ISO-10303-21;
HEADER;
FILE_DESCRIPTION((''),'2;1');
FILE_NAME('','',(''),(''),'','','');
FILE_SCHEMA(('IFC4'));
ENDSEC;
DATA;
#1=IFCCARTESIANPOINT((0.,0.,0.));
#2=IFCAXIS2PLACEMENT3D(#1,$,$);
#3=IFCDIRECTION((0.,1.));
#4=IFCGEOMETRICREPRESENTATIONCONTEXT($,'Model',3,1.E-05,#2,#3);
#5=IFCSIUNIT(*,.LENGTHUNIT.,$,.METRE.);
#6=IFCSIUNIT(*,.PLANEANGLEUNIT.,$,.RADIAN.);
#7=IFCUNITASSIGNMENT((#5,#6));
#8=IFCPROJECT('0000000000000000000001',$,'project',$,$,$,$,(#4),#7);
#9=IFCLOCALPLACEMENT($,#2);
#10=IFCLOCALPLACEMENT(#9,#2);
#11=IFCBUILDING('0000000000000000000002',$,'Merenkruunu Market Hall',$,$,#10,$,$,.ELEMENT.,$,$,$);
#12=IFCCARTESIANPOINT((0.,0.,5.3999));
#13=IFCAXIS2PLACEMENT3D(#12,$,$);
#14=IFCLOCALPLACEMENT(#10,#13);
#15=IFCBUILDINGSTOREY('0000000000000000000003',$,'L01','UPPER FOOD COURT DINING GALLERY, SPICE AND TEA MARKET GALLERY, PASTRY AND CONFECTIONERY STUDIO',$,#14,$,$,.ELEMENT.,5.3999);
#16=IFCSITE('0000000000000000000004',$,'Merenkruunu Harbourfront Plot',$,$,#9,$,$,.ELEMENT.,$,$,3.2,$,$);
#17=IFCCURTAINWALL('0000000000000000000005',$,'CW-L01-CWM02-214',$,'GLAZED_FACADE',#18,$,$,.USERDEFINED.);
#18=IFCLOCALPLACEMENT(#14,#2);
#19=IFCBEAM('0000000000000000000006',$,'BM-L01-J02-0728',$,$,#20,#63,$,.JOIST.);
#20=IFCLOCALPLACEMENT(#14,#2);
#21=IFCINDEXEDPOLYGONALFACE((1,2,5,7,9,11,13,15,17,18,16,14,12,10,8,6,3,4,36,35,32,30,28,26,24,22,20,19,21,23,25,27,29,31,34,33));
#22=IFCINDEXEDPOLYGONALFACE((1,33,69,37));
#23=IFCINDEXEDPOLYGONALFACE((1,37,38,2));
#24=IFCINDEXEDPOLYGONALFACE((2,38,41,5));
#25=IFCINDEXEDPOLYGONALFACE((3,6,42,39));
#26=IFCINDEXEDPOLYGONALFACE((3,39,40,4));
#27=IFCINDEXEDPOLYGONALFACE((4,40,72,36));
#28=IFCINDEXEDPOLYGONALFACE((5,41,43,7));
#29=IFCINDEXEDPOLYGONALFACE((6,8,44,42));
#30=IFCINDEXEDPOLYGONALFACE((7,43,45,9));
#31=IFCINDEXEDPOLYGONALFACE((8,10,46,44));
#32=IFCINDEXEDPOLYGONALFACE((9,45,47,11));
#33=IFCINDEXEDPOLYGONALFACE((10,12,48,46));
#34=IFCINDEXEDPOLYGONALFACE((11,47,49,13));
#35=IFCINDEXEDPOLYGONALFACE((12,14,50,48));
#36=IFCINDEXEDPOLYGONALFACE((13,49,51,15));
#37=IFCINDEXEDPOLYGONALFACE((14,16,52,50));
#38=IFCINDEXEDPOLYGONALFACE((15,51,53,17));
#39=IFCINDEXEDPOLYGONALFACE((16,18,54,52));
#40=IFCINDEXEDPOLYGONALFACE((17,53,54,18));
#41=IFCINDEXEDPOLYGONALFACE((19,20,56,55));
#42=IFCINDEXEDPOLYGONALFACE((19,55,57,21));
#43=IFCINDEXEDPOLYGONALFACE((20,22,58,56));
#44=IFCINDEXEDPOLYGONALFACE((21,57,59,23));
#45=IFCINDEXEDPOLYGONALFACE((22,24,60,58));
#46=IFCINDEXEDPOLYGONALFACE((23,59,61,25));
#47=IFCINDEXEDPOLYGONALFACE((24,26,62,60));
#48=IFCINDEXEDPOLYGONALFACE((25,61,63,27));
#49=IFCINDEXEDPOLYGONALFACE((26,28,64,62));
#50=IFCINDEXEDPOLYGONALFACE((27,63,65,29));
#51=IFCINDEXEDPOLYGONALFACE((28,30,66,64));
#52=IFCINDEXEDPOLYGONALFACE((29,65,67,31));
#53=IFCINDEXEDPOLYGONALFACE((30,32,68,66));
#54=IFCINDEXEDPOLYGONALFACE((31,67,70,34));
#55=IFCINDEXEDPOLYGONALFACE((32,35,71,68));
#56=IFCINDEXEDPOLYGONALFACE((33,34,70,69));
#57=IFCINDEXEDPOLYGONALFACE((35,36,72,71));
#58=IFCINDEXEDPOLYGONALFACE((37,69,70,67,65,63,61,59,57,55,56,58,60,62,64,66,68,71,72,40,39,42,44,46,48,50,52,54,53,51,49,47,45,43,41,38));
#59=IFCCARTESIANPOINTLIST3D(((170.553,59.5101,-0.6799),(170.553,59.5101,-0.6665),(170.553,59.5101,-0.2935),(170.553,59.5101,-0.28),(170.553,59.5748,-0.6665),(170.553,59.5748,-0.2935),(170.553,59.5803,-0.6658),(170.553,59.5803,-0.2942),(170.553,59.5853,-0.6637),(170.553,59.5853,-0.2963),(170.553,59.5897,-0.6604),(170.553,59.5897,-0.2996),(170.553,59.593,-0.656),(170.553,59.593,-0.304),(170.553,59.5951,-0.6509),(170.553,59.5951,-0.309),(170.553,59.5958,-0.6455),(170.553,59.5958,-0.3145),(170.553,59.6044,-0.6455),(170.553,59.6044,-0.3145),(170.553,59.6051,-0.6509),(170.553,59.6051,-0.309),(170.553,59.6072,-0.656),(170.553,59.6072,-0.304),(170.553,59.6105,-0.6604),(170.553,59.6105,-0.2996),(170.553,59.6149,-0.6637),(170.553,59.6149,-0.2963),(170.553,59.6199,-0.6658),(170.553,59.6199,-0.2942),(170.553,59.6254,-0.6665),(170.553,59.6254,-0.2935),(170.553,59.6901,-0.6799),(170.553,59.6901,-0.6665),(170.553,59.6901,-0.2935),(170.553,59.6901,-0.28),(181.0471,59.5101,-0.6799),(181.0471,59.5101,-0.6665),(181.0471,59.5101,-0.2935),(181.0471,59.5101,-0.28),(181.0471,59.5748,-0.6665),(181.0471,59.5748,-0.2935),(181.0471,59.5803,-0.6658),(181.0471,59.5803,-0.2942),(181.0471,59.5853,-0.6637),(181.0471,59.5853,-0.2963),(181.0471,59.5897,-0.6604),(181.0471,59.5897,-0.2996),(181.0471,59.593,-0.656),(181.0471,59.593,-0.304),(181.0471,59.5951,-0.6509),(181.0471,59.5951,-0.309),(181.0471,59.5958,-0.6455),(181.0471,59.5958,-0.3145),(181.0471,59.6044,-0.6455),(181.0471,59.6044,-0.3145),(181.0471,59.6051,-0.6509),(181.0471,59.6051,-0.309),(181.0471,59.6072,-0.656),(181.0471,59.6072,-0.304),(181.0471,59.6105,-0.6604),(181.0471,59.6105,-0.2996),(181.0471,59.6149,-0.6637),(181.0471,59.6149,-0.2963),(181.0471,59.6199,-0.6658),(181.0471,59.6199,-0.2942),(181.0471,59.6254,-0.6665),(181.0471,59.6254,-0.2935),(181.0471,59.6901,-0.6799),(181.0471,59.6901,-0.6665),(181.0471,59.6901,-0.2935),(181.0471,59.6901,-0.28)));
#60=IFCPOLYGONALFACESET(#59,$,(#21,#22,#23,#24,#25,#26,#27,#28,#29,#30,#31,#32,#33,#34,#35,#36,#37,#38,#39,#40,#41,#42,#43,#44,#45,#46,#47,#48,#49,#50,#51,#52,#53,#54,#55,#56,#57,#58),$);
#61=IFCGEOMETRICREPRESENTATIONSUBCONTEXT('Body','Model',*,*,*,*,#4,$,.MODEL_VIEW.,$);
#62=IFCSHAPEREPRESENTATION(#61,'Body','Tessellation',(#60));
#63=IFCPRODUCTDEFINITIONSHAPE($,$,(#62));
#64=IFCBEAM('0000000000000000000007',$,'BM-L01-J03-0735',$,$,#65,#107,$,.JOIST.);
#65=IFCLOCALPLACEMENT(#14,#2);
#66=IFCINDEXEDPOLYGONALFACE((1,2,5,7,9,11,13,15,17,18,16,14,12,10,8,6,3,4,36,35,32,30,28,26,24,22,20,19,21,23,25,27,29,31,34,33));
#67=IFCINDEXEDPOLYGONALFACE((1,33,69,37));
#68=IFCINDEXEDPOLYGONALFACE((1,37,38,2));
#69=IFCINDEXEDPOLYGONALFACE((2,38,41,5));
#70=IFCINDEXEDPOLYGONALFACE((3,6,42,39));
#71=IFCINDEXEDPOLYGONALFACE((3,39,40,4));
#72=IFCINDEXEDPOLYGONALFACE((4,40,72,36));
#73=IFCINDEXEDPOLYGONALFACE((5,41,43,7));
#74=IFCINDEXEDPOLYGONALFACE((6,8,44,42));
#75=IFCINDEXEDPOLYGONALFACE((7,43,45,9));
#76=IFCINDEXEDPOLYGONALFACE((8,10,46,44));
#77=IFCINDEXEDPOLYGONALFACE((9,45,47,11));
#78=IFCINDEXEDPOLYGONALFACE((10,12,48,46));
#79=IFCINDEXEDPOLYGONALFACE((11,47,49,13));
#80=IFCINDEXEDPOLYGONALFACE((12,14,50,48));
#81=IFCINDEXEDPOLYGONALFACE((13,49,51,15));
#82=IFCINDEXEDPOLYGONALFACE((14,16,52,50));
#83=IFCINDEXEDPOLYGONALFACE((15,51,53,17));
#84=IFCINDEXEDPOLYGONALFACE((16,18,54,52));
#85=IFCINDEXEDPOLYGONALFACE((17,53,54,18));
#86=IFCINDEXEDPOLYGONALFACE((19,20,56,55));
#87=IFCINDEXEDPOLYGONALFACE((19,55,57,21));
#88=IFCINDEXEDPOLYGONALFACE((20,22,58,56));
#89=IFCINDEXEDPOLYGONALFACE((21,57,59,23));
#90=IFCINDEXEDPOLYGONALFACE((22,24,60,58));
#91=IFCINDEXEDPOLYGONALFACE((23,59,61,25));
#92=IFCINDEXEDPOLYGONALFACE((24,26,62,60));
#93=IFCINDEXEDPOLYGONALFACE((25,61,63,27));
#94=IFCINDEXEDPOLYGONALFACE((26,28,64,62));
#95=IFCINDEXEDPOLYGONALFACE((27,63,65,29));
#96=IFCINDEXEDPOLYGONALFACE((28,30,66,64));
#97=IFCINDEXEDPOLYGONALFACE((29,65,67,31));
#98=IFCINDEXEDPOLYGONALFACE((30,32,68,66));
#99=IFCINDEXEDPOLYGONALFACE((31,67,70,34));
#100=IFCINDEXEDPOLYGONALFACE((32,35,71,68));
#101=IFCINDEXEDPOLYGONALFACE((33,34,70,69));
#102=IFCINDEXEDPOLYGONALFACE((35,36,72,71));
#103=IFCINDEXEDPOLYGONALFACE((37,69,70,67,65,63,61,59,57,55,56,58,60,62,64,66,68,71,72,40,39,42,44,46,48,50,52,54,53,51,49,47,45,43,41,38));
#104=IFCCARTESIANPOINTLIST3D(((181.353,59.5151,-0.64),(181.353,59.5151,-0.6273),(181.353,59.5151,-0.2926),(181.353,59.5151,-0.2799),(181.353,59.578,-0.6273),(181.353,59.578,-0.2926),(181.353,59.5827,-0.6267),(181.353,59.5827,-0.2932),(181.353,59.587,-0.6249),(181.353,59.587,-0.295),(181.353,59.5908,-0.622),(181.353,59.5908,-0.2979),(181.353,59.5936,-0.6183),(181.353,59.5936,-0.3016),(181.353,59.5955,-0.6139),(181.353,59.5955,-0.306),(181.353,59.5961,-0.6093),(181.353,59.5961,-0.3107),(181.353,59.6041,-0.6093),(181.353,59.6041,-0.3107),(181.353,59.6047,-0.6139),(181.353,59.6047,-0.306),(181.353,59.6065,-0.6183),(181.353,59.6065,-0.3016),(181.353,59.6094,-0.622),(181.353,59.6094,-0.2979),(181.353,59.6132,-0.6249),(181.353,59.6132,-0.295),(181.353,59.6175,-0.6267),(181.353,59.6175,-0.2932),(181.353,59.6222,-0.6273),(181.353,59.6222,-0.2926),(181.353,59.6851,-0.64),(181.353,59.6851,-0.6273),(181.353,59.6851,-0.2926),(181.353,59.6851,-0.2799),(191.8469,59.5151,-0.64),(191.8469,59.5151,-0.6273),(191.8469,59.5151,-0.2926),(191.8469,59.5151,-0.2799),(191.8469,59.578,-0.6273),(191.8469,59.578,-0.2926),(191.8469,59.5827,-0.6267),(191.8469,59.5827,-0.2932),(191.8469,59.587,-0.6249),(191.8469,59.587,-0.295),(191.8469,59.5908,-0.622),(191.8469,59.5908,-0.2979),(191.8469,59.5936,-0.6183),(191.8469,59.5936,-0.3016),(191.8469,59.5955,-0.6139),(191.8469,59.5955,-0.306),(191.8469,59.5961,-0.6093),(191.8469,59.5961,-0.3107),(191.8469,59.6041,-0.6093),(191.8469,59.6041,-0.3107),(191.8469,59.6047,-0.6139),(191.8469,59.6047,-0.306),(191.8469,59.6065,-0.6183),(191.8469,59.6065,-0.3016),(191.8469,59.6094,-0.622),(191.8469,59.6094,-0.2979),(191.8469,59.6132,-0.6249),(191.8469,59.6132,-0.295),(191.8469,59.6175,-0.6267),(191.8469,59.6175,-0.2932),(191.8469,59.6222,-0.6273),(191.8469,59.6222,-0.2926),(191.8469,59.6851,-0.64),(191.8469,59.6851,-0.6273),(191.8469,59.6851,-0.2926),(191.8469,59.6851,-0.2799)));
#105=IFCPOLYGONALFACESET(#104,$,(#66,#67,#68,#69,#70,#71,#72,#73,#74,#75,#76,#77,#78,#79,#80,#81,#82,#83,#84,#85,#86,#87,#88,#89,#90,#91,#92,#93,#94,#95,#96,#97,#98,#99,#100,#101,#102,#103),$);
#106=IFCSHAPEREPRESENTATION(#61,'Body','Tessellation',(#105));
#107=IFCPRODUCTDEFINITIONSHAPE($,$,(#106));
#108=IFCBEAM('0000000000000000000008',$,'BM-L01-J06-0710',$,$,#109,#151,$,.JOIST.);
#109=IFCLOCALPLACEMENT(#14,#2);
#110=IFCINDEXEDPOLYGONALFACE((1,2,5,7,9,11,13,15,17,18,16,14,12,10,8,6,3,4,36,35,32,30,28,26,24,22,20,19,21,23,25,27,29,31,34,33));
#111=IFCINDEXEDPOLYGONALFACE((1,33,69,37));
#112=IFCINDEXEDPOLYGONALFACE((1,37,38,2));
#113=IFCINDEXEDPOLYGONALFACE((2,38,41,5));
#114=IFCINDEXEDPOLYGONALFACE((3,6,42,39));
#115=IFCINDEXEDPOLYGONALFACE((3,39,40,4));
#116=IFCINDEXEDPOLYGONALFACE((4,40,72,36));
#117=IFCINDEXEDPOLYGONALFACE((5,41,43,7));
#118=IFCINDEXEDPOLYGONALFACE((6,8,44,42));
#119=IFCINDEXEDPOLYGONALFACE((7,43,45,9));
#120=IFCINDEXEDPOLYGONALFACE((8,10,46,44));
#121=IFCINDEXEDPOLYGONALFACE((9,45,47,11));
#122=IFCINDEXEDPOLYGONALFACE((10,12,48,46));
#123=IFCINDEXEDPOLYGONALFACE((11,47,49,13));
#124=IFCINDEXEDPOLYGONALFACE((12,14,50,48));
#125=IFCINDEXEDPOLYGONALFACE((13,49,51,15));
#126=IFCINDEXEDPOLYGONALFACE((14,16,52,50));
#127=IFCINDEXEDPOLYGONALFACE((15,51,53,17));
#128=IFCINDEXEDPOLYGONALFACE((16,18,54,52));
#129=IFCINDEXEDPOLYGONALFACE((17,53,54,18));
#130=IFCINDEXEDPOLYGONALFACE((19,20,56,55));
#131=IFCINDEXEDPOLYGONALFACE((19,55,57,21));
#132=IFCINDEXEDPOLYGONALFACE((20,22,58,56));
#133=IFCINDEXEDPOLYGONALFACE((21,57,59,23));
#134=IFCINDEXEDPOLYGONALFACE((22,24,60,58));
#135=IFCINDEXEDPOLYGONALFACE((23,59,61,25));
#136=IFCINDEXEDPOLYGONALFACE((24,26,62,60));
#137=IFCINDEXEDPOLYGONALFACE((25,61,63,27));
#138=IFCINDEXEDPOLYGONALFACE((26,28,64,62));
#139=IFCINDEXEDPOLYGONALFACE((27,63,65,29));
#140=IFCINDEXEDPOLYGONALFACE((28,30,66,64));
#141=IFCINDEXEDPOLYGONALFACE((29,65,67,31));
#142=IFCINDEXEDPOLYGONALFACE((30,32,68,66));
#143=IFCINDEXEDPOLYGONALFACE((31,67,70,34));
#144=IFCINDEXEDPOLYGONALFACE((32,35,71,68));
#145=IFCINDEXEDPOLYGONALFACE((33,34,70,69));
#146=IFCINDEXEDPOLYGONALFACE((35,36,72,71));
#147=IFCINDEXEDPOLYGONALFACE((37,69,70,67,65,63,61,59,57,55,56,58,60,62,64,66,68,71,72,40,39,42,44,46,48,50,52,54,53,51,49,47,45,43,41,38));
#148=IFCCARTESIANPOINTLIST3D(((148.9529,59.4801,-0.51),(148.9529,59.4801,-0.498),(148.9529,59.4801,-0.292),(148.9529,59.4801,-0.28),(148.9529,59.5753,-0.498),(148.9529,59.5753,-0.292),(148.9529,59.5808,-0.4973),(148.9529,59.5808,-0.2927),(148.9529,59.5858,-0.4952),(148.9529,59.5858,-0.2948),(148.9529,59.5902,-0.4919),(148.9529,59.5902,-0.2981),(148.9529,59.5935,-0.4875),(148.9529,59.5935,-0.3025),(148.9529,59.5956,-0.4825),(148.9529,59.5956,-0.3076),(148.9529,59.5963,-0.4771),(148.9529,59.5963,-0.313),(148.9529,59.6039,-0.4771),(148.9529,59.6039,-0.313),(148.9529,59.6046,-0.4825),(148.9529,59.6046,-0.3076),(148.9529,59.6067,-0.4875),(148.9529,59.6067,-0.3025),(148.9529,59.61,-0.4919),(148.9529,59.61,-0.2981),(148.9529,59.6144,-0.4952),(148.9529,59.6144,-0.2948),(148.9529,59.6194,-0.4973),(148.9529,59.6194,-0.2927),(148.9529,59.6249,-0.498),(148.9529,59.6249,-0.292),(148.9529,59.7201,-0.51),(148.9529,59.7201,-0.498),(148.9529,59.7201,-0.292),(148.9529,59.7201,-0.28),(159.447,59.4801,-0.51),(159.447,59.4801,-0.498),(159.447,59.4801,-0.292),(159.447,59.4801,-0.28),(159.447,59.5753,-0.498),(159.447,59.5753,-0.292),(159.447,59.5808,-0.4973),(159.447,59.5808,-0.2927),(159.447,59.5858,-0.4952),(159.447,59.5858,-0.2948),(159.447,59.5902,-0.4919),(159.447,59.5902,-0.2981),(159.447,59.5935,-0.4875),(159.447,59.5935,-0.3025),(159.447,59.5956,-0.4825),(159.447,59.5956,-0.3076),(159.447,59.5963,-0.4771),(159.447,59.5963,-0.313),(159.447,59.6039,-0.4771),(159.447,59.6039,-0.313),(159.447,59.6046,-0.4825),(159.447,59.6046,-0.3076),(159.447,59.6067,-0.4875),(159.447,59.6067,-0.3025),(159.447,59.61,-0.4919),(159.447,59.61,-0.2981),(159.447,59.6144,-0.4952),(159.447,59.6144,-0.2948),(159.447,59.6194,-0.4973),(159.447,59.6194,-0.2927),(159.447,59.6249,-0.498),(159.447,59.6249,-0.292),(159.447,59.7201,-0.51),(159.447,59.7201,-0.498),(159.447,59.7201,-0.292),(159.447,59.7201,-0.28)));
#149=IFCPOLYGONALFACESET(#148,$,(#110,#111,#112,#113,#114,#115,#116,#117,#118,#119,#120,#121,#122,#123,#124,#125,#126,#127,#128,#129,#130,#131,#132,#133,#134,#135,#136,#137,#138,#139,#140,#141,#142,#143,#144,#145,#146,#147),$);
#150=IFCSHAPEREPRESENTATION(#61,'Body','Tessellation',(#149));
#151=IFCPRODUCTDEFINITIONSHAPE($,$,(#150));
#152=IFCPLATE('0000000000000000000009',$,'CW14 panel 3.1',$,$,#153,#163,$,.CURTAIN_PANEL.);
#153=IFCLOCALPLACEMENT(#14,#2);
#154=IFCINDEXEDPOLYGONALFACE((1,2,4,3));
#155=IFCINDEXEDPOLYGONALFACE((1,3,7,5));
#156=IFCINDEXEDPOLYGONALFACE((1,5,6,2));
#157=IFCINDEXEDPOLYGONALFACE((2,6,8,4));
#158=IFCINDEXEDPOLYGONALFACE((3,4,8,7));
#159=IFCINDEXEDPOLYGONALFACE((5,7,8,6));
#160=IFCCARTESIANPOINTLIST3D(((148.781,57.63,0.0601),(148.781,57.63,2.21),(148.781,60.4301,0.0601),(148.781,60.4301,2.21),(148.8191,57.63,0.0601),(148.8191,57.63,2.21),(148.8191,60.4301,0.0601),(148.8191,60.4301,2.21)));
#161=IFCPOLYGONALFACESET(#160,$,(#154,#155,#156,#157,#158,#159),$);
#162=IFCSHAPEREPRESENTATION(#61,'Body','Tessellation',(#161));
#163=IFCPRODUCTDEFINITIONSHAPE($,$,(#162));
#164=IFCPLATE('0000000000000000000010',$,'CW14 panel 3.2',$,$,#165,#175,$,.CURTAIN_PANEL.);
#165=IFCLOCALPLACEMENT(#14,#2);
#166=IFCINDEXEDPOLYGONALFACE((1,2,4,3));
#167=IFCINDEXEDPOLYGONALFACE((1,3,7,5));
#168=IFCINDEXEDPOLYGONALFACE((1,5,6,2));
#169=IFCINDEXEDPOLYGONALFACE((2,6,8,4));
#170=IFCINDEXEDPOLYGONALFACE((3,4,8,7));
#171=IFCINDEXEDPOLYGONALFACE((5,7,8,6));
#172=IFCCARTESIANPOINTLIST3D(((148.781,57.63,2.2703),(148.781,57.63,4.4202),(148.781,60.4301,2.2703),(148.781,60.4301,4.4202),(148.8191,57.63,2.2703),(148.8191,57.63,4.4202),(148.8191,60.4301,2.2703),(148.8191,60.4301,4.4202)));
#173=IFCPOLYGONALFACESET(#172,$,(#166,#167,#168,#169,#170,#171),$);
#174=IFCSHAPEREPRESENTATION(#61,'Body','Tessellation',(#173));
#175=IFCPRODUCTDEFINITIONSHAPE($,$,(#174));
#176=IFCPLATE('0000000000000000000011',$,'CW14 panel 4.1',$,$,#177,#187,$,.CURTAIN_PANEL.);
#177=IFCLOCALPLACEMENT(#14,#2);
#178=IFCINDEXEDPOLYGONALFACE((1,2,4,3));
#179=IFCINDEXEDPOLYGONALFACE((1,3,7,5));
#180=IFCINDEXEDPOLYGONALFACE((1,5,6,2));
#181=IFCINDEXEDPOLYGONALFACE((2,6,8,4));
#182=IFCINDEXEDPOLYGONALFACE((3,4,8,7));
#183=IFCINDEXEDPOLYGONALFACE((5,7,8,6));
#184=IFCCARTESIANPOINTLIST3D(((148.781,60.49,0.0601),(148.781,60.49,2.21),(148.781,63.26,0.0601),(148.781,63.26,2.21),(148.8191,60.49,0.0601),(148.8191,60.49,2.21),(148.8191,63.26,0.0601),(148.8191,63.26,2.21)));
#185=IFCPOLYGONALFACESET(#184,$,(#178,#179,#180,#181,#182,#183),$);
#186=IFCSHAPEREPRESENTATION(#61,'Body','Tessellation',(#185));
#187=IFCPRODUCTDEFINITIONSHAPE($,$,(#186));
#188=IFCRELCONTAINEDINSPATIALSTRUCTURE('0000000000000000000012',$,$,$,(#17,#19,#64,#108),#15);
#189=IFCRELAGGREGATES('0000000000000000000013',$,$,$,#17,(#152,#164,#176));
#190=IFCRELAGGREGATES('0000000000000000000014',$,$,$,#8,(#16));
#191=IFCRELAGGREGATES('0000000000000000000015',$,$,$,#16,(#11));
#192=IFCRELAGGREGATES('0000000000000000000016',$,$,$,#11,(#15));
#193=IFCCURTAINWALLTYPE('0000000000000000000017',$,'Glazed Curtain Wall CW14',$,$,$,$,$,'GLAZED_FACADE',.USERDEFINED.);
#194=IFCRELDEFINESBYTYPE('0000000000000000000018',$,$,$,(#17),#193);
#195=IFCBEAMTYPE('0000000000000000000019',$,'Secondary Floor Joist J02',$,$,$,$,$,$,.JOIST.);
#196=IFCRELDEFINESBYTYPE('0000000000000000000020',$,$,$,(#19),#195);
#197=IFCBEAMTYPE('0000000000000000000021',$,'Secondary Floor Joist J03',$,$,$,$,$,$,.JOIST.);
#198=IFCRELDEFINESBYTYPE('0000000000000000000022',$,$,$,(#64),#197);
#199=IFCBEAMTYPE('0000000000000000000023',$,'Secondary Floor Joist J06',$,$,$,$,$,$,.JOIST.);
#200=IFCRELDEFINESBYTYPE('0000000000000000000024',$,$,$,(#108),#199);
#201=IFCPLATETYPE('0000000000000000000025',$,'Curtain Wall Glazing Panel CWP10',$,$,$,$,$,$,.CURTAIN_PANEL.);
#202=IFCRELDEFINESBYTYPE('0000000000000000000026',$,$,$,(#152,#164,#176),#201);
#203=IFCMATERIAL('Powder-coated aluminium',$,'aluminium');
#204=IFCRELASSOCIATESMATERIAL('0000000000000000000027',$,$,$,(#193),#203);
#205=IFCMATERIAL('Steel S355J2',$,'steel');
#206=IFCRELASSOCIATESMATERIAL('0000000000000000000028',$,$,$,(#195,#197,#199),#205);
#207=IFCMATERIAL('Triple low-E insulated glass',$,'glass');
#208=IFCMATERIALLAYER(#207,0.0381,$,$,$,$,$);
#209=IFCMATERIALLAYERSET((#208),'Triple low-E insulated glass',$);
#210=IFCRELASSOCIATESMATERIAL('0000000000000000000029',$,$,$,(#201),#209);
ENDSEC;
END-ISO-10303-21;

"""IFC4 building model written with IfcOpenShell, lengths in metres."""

from ifc_helpers import new_model, si_unit, direction, frame, origin, origin_2d, place, context, subcontext, project, spatial, rectangle, i_section, extrude, material, layer, layer_set, material_profile, profile_set, type_object, element, aggregate, save


model = new_model("IFC4")

# Units and contexts
model_context = context("Model", 3, precision=1e-05, world=origin(), true_north=direction((0.0, 1.0)))
body_context = subcontext(model_context, "Body", "Model", "MODEL_VIEW")
ifc_project = project(units=[si_unit("LENGTHUNIT", "METRE"), si_unit("PLANEANGLEUNIT", "RADIAN")], contexts=[model_context])

# Site, building, storey
site_placement = place(None, origin())
site = spatial("IfcSite", under=ifc_project, at=site_placement, Name="Merenkruunu Harbourfront Plot", CompositionType="ELEMENT", RefElevation=3.2)
building_placement = place(site_placement, origin())
building = spatial("IfcBuilding", under=site, at=building_placement, Name="Merenkruunu Market Hall", CompositionType="ELEMENT")
storey_placement = place(building_placement, frame((0.0, 0.0, 5.3999)))
storey = spatial("IfcBuildingStorey", under=building, at=storey_placement, Name="L01", Description="UPPER FOOD COURT DINING GALLERY, SPICE AND TEA MARKET GALLERY, PASTRY AND CONFECTIONERY STUDIO", CompositionType="ELEMENT", Elevation=5.3999)

# Curtain wall
ifc_material_1 = material(Name="Powder-coated aluminium", Category="aluminium")
curtain_wall_type = type_object("IfcCurtainWallType", Name="Glazed Curtain Wall CW14", ElementType="GLAZED_FACADE", PredefinedType="USERDEFINED", material=ifc_material_1)
curtain_wall_placement = place(storey_placement, origin())
curtain_wall = element("IfcCurtainWall", 1, at=curtain_wall_placement, inside=storey, type_object=curtain_wall_type, Name="CW-L01-CWM02-214", ObjectType="GLAZED_FACADE", PredefinedType="USERDEFINED")

# Beams
ifc_material_2 = material(Name="Steel S355J2", Category="steel")
ifc_material_profile_1 = material_profile(ifc_material_2, i_section(OverallWidth=0.1799, OverallDepth=0.3999, WebThickness=0.0085, FlangeThickness=0.0134, FilletRadius=0.021, at=origin_2d()), Name="IPE 400")
ifc_profile_set_1 = profile_set([ifc_material_profile_1], Name="Steel S355J2")
beam_type_1 = type_object("IfcBeamType", Name="Secondary Floor Joist J02", PredefinedType="JOIST", material=ifc_profile_set_1)
beam_1_placement = place(storey_placement, frame((170.553, 59.6001, -0.48), z_axis=(1.0, 0.0, 0.0), x_axis=(0.0, 1.0, 0.0)))
element("IfcBeam", 2, at=beam_1_placement, inside=storey, type_object=beam_type_1, Name="BM-L01-J02-0728", PredefinedType="JOIST", context=body_context, shape_type="SweptSolid", body=[
    extrude(i_section(OverallWidth=0.1799, OverallDepth=0.3999, WebThickness=0.0085, FlangeThickness=0.0134, FilletRadius=0.021, at=origin_2d()), origin(), (0.0, 0.0, 1.0), 10.4941),
])
ifc_material_profile_2 = material_profile(ifc_material_2, i_section(OverallWidth=0.1699, OverallDepth=0.3601, WebThickness=0.0081, FlangeThickness=0.0127, FilletRadius=0.0181, at=origin_2d()), Name="IPE 360")
ifc_profile_set_2 = profile_set([ifc_material_profile_2], Name="Steel S355J2")
beam_type_2 = type_object("IfcBeamType", Name="Secondary Floor Joist J03", PredefinedType="JOIST", material=ifc_profile_set_2)
beam_2_placement = place(storey_placement, frame((181.353, 59.6001, -0.46), z_axis=(1.0, 0.0, 0.0), x_axis=(0.0, 1.0, 0.0)))
element("IfcBeam", 3, at=beam_2_placement, inside=storey, type_object=beam_type_2, Name="BM-L01-J03-0735", PredefinedType="JOIST", context=body_context, shape_type="SweptSolid", body=[
    extrude(i_section(OverallWidth=0.1699, OverallDepth=0.3601, WebThickness=0.0081, FlangeThickness=0.0127, FilletRadius=0.0181, at=origin_2d()), origin(), (0.0, 0.0, 1.0), 10.4939),
])
ifc_material_profile_3 = material_profile(ifc_material_2, i_section(OverallWidth=0.24, OverallDepth=0.23, WebThickness=0.0076, FlangeThickness=0.012, FilletRadius=0.021, at=origin_2d()), Name="HEA 240")
ifc_profile_set_3 = profile_set([ifc_material_profile_3], Name="Steel S355J2")
beam_type_3 = type_object("IfcBeamType", Name="Secondary Floor Joist J06", PredefinedType="JOIST", material=ifc_profile_set_3)
beam_3_placement = place(storey_placement, frame((148.9529, 59.6001, -0.395), z_axis=(1.0, 0.0, 0.0), x_axis=(0.0, 1.0, 0.0)))
element("IfcBeam", 4, at=beam_3_placement, inside=storey, type_object=beam_type_3, Name="BM-L01-J06-0710", PredefinedType="JOIST", context=body_context, shape_type="SweptSolid", body=[
    extrude(i_section(OverallWidth=0.24, OverallDepth=0.23, WebThickness=0.0076, FlangeThickness=0.012, FilletRadius=0.021, at=origin_2d()), origin(), (0.0, 0.0, 1.0), 10.4941),
])

# Plates
ifc_material_3 = material(Name="Triple low-E insulated glass", Category="glass")
ifc_layer_1 = layer(ifc_material_3, 0.0381)
ifc_layer_set_1 = layer_set([ifc_layer_1], Name="Triple low-E insulated glass")
plate_type = type_object("IfcPlateType", Name="Curtain Wall Glazing Panel CWP10", PredefinedType="CURTAIN_PANEL", material=ifc_layer_set_1)
plate_1_placement = place(storey_placement, frame((148.8, 59.03, 0.0601), z_axis=(0.0, 0.0, 1.0), x_axis=(0.0, 1.0, 0.0)))
plate_1 = element("IfcPlate", 5, at=plate_1_placement, type_object=plate_type, Name="CW14 panel 3.1", PredefinedType="CURTAIN_PANEL", context=body_context, shape_type="SweptSolid", body=[
    extrude(rectangle(XDim=2.8, YDim=0.0381, at=origin_2d()), origin(), (0.0, 0.0, 1.0), 2.1499),
])
plate_2_placement = place(storey_placement, frame((148.8, 59.03, 2.2703), z_axis=(0.0, 0.0, 1.0), x_axis=(0.0, 1.0, 0.0)))
plate_2 = element("IfcPlate", 6, at=plate_2_placement, type_object=plate_type, Name="CW14 panel 3.2", PredefinedType="CURTAIN_PANEL", context=body_context, shape_type="SweptSolid", body=[
    extrude(rectangle(XDim=2.8, YDim=0.0381, at=origin_2d()), origin(), (0.0, 0.0, 1.0), 2.1499),
])
plate_3_placement = place(storey_placement, frame((148.8, 61.875, 0.0601), z_axis=(0.0, 0.0, 1.0), x_axis=(0.0, 1.0, 0.0)))
plate_3 = element("IfcPlate", 7, at=plate_3_placement, type_object=plate_type, Name="CW14 panel 4.1", PredefinedType="CURTAIN_PANEL", context=body_context, shape_type="SweptSolid", body=[
    extrude(rectangle(XDim=2.77, YDim=0.0381, at=origin_2d()), origin(), (0.0, 0.0, 1.0), 2.1499),
])
aggregate(curtain_wall, [plate_1, plate_2, plate_3])

save(model, "model.ifc")
